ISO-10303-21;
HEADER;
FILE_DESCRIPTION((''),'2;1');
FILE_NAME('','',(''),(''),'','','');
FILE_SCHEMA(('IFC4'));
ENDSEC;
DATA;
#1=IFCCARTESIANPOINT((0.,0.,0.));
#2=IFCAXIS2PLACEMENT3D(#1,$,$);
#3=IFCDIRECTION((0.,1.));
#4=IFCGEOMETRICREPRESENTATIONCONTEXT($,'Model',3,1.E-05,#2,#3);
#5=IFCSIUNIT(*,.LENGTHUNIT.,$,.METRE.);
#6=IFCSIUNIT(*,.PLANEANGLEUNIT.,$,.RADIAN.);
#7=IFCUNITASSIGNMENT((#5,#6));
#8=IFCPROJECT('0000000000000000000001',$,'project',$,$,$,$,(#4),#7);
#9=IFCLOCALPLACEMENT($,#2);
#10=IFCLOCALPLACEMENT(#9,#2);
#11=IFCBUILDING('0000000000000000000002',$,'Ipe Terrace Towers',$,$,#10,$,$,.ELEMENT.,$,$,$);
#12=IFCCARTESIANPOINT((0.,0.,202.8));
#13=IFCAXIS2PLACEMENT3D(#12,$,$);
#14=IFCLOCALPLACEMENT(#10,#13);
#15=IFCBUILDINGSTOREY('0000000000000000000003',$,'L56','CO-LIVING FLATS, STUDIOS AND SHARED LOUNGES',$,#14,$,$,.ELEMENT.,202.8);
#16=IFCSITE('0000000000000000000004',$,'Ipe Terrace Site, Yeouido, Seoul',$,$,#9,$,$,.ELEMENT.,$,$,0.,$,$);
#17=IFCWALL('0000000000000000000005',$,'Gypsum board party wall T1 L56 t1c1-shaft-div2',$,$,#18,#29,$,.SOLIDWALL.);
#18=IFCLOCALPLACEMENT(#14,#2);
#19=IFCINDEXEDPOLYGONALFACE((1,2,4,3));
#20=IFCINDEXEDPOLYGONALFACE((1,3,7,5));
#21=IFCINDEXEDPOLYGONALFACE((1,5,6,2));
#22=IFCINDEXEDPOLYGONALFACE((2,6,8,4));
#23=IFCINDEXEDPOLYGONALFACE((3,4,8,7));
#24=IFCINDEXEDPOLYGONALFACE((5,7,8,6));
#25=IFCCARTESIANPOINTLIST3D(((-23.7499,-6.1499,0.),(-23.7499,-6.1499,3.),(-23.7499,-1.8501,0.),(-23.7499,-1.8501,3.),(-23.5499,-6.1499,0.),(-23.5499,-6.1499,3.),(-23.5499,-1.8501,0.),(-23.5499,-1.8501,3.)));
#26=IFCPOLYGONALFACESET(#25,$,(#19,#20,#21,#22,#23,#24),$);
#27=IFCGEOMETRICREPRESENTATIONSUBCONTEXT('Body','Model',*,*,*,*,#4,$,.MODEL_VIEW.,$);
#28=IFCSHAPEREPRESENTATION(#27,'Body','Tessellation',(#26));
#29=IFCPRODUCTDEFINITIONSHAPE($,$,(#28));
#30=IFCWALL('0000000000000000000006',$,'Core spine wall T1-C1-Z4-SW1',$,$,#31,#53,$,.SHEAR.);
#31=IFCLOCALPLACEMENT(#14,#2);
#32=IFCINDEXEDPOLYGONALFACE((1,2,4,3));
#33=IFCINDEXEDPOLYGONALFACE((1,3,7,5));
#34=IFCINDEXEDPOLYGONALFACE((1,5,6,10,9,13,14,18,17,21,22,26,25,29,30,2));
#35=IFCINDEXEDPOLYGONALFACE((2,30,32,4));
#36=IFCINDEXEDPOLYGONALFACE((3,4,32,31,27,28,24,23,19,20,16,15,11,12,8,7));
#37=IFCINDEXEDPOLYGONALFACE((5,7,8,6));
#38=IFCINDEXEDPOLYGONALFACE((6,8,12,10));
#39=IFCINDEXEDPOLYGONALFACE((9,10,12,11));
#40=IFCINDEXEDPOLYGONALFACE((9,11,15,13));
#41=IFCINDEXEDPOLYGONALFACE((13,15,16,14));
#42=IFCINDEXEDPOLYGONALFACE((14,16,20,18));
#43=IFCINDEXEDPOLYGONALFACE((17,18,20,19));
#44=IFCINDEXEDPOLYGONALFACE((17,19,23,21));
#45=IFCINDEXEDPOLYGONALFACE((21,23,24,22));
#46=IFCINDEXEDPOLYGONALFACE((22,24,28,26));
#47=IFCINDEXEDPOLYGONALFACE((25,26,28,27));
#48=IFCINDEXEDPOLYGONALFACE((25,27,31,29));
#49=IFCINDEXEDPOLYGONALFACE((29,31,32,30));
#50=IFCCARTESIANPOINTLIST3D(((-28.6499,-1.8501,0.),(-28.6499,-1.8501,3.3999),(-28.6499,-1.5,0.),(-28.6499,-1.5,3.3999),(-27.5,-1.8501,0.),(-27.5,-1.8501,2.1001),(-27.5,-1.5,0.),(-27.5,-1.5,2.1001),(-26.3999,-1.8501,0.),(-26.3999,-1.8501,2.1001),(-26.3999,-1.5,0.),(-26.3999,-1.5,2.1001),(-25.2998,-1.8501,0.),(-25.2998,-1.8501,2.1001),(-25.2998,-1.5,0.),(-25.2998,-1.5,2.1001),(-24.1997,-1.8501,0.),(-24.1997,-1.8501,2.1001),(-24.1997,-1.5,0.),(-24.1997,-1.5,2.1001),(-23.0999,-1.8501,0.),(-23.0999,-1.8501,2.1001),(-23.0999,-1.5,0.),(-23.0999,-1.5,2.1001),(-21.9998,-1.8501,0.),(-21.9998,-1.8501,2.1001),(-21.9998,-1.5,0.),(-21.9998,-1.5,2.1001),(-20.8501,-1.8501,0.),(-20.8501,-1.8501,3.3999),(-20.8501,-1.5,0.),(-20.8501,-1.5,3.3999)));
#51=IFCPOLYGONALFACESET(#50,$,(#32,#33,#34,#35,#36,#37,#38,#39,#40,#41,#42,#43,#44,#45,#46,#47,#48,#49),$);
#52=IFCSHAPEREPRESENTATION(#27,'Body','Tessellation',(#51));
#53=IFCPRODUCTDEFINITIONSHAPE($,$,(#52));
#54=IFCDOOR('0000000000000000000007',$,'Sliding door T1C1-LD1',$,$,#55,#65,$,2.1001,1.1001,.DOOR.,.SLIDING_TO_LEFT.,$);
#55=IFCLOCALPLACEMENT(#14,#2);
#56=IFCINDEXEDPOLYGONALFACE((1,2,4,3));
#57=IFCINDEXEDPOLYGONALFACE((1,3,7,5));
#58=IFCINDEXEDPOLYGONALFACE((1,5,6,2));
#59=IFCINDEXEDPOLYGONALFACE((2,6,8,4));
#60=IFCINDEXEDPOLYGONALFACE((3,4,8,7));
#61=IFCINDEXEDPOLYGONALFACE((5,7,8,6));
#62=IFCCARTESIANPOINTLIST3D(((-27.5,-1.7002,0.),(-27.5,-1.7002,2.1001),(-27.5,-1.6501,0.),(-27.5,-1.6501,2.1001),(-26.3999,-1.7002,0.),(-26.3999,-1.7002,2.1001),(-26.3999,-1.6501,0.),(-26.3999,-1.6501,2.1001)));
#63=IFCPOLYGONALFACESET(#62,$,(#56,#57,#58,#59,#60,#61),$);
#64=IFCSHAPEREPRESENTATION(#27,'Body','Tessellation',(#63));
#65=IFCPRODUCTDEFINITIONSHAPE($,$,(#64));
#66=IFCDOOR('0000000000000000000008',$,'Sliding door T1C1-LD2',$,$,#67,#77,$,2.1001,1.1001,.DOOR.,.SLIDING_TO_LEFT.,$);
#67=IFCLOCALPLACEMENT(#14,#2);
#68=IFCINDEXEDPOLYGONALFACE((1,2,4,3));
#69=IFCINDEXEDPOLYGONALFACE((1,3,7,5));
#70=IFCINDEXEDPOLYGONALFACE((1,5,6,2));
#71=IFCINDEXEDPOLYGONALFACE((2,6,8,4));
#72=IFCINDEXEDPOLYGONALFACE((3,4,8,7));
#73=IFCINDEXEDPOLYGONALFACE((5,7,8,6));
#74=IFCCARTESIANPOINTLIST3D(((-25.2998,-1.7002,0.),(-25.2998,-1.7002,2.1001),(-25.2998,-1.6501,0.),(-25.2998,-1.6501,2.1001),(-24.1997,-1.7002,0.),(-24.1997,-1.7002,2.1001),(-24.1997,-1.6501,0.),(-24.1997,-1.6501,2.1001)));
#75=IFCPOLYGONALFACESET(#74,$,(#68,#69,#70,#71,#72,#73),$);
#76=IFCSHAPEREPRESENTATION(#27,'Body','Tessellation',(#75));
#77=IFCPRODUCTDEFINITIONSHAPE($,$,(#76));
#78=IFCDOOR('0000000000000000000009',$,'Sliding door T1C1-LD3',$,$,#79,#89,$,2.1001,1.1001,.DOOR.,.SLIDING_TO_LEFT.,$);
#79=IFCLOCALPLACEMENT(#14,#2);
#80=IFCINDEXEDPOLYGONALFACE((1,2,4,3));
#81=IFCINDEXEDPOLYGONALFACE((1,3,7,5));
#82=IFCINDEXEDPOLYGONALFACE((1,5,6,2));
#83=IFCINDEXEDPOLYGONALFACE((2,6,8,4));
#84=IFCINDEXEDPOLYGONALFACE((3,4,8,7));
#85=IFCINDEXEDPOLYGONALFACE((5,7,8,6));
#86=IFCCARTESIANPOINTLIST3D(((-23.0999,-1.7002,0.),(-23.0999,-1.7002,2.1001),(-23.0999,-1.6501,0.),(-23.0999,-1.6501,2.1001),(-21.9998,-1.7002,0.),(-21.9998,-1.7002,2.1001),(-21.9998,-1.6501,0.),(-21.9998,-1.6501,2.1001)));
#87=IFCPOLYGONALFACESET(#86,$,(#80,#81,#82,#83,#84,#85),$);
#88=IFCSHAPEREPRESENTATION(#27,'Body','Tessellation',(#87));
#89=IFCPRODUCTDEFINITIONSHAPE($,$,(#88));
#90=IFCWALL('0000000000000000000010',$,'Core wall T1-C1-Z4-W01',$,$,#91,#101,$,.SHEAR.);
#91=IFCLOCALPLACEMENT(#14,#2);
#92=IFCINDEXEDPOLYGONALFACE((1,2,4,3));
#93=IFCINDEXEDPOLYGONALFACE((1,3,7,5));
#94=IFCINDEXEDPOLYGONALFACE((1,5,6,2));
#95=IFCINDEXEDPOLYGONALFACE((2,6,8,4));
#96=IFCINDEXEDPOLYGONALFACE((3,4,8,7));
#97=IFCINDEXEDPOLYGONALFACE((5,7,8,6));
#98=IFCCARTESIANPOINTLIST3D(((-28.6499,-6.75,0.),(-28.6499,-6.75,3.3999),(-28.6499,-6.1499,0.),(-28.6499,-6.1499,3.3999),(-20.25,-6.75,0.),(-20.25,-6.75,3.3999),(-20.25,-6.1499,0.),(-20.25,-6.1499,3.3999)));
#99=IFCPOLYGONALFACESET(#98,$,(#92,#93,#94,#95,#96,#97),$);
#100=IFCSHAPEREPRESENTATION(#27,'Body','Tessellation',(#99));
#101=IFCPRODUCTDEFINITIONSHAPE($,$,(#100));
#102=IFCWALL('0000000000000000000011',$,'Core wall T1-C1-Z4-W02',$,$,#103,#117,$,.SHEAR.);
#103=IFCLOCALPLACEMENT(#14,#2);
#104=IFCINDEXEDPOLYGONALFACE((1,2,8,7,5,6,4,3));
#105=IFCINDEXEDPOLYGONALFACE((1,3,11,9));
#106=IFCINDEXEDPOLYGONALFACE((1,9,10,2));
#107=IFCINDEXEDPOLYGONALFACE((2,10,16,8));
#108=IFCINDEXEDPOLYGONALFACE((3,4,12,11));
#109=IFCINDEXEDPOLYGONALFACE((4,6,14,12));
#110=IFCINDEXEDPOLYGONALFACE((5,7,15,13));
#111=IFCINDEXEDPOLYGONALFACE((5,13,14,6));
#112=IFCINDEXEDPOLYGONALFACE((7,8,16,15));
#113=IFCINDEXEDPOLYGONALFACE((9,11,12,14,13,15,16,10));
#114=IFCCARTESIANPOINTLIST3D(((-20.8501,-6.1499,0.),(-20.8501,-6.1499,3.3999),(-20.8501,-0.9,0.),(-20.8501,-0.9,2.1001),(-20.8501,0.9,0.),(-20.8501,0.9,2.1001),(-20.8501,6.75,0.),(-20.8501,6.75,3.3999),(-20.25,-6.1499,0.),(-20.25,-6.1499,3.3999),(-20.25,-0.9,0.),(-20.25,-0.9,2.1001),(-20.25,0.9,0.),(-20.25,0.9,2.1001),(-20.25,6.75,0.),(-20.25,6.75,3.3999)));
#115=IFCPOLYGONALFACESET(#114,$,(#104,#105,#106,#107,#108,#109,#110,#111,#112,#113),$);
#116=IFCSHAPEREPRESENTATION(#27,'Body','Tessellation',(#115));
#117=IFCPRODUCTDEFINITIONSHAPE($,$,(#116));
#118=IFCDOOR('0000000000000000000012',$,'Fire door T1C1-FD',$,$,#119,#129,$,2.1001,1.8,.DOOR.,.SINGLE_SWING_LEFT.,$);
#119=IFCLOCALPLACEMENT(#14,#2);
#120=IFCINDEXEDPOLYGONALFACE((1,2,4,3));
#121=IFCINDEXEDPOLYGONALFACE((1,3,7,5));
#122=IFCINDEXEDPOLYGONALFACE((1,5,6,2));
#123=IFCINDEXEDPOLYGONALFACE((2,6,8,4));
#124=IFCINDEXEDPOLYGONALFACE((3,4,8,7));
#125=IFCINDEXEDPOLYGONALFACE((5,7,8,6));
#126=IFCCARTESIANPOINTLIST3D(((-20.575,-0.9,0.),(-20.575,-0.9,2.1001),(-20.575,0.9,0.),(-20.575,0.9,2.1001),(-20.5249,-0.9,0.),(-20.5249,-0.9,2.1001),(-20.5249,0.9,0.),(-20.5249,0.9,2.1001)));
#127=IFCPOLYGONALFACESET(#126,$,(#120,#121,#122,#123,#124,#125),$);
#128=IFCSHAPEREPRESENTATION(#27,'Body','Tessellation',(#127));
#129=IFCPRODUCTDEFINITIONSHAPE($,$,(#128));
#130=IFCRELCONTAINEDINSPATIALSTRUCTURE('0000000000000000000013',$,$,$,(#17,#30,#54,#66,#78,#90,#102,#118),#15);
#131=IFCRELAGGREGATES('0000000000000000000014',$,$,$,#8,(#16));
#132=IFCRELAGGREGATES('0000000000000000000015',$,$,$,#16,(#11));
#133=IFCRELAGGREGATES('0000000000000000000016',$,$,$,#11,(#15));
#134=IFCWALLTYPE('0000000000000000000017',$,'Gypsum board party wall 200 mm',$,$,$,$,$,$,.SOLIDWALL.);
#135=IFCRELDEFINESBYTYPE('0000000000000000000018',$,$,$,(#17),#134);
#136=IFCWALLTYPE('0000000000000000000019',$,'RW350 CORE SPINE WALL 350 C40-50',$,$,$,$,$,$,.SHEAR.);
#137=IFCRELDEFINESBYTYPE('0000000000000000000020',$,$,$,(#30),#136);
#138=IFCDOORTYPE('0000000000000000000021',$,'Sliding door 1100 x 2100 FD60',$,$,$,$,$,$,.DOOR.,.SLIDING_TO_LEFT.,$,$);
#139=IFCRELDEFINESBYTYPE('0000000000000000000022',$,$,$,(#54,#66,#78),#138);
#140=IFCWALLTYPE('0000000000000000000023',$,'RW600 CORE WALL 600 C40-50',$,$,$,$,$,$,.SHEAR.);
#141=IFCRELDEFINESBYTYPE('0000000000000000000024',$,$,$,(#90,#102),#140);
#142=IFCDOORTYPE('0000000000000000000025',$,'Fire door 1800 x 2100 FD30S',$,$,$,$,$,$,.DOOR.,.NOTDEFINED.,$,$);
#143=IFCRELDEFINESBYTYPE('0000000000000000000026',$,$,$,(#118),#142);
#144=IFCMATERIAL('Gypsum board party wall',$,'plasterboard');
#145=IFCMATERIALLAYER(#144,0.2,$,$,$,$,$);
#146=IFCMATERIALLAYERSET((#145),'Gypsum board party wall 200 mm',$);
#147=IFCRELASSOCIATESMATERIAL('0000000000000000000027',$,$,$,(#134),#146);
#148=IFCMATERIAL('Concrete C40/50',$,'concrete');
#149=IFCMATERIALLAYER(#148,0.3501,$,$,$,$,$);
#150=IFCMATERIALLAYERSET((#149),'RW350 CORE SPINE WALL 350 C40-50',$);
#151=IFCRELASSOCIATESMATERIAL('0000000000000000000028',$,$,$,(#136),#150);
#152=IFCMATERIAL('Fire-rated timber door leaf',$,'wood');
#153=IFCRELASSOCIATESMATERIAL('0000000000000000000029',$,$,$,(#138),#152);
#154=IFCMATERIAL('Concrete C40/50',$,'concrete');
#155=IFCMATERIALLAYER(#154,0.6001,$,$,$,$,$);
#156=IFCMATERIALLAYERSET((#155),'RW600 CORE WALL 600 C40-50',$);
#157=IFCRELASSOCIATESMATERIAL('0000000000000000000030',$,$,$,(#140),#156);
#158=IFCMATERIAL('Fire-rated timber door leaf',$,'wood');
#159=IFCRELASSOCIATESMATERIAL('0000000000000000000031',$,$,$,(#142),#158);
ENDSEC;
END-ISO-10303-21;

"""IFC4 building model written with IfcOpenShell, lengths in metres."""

from ifc_helpers import new_model, si_unit, direction, frame, frame_2d, origin, place, context, subcontext, project, spatial, rectangle, extrude, material, layer, layer_set, type_object, element, fill, save


model = new_model("IFC4")

# Units and contexts
model_context = context("Model", 3, precision=1e-05, world=origin(), true_north=direction((0.0, 1.0)))
body_context = subcontext(model_context, "Body", "Model", "MODEL_VIEW")
ifc_project = project(units=[si_unit("LENGTHUNIT", "METRE"), si_unit("PLANEANGLEUNIT", "RADIAN")], contexts=[model_context])

# Site, building, storey
site_placement = place(None, origin())
site = spatial("IfcSite", under=ifc_project, at=site_placement, Name="Ipe Terrace Site, Yeouido, Seoul", CompositionType="ELEMENT", RefElevation=0.0)
building_placement = place(site_placement, origin())
building = spatial("IfcBuilding", under=site, at=building_placement, Name="Ipe Terrace Towers", CompositionType="ELEMENT")
storey_placement = place(building_placement, frame((0.0, 0.0, 202.8)))
storey = spatial("IfcBuildingStorey", under=building, at=storey_placement, Name="L56", Description="CO-LIVING FLATS, STUDIOS AND SHARED LOUNGES", CompositionType="ELEMENT", Elevation=202.8)

# Wall
ifc_material_1 = material(Name="Gypsum board party wall", Category="plasterboard")
ifc_layer_1 = layer(ifc_material_1, 0.2)
ifc_layer_set_1 = layer_set([ifc_layer_1], Name="Gypsum board party wall 200 mm")
wall_type_1 = type_object("IfcWallType", Name="Gypsum board party wall 200 mm", PredefinedType="SOLIDWALL", material=ifc_layer_set_1)
for number, where, z_axis, x_axis, name in (
    (1, (-23.6499, -6.1499, 0.0), (0.0, 0.0, 1.0), (0.0, 1.0, 0.0), "Gypsum board party wall T1 L56 t1c1-shaft-div2"),
):
    element("IfcWall", number, at=place(storey_placement, frame(where, z_axis=z_axis, x_axis=x_axis)), inside=storey, type_object=wall_type_1, Name=name, PredefinedType="SOLIDWALL", context=body_context, shape_type="SweptSolid", body=[
        extrude(rectangle(XDim=4.2998, YDim=0.2, at=frame_2d((2.1499, 0.0))), origin(), (0.0, 0.0, 1.0), 3.0),
    ])

# Wall, openings, doors
ifc_material_2 = material(Name="Concrete C40/50", Category="concrete")
ifc_layer_2 = layer(ifc_material_2, 0.3501)
ifc_layer_set_2 = layer_set([ifc_layer_2], Name="RW350 CORE SPINE WALL 350 C40-50")
wall_type_2 = type_object("IfcWallType", Name="RW350 CORE SPINE WALL 350 C40-50", PredefinedType="SHEAR", material=ifc_layer_set_2)
wall_1_placement = place(storey_placement, frame((-28.6499, -1.675, 0.0), z_axis=(0.0, 0.0, 1.0), x_axis=(1.0, 0.0, 0.0)))
wall_1 = element("IfcWall", 2, at=wall_1_placement, inside=storey, type_object=wall_type_2, Name="Core spine wall T1-C1-Z4-SW1", PredefinedType="SHEAR", context=body_context, shape_type="SweptSolid", body=[
    extrude(rectangle(XDim=7.7998, YDim=0.3501, at=frame_2d((3.8999, 0.0))), origin(), (0.0, 0.0, 1.0), 3.3999),
])
opening_1_placement = place(wall_1_placement, frame((1.1499, 0.0, 0.0)))
opening_1 = element("IfcOpeningElement", 3, at=opening_1_placement, cuts=wall_1, PredefinedType="OPENING", context=body_context, shape_type="SweptSolid", body=[
    extrude(rectangle(XDim=1.1001, YDim=2.1001, at=frame_2d((0.55, 1.05))), frame((0.0, 0.1851, 0.0), z_axis=(0.0, -1.0, 0.0), x_axis=(1.0, 0.0, 0.0)), (0.0, 0.0, 1.0), 0.3701),
])
opening_2_placement = place(wall_1_placement, frame((3.3501, 0.0, 0.0)))
opening_2 = element("IfcOpeningElement", 4, at=opening_2_placement, cuts=wall_1, PredefinedType="OPENING", context=body_context, shape_type="SweptSolid", body=[
    extrude(rectangle(XDim=1.1001, YDim=2.1001, at=frame_2d((0.55, 1.05))), frame((0.0, 0.1851, 0.0), z_axis=(0.0, -1.0, 0.0), x_axis=(1.0, 0.0, 0.0)), (0.0, 0.0, 1.0), 0.3701),
])
opening_3_placement = place(wall_1_placement, frame((5.55, 0.0, 0.0)))
opening_3 = element("IfcOpeningElement", 5, at=opening_3_placement, cuts=wall_1, PredefinedType="OPENING", context=body_context, shape_type="SweptSolid", body=[
    extrude(rectangle(XDim=1.1001, YDim=2.1001, at=frame_2d((0.55, 1.05))), frame((0.0, 0.1851, 0.0), z_axis=(0.0, -1.0, 0.0), x_axis=(1.0, 0.0, 0.0)), (0.0, 0.0, 1.0), 0.3701),
])
ifc_material_3 = material(Name="Fire-rated timber door leaf", Category="wood")
door_type_1 = type_object("IfcDoorType", Name="Sliding door 1100 x 2100 FD60", OperationType="SLIDING_TO_LEFT", PredefinedType="DOOR", material=ifc_material_3)
door_1_placement = place(opening_1_placement, origin())
door_1 = element("IfcDoor", 6, at=door_1_placement, inside=storey, type_object=door_type_1, Name="Sliding door T1C1-LD1", OperationType="SLIDING_TO_LEFT", OverallHeight=2.1001, OverallWidth=1.1001, PredefinedType="DOOR", context=body_context, shape_type="SweptSolid", body=[
    extrude(rectangle(XDim=1.1001, YDim=2.1001, at=frame_2d((0.55, 1.05))), frame((0.0, 0.0249, 0.0), z_axis=(0.0, -1.0, 0.0), x_axis=(1.0, 0.0, 0.0)), (0.0, 0.0, 1.0), 0.05),
])
fill(opening_1, door_1)
door_2_placement = place(opening_2_placement, origin())
door_2 = element("IfcDoor", 7, at=door_2_placement, inside=storey, type_object=door_type_1, Name="Sliding door T1C1-LD2", OperationType="SLIDING_TO_LEFT", OverallHeight=2.1001, OverallWidth=1.1001, PredefinedType="DOOR", context=body_context, shape_type="SweptSolid", body=[
    extrude(rectangle(XDim=1.1001, YDim=2.1001, at=frame_2d((0.55, 1.05))), frame((0.0, 0.0249, 0.0), z_axis=(0.0, -1.0, 0.0), x_axis=(1.0, 0.0, 0.0)), (0.0, 0.0, 1.0), 0.05),
])
fill(opening_2, door_2)
door_3_placement = place(opening_3_placement, origin())
door_3 = element("IfcDoor", 8, at=door_3_placement, inside=storey, type_object=door_type_1, Name="Sliding door T1C1-LD3", OperationType="SLIDING_TO_LEFT", OverallHeight=2.1001, OverallWidth=1.1001, PredefinedType="DOOR", context=body_context, shape_type="SweptSolid", body=[
    extrude(rectangle(XDim=1.1001, YDim=2.1001, at=frame_2d((0.55, 1.05))), frame((0.0, 0.0249, 0.0), z_axis=(0.0, -1.0, 0.0), x_axis=(1.0, 0.0, 0.0)), (0.0, 0.0, 1.0), 0.05),
])
fill(opening_3, door_3)

# Wall
ifc_material_4 = material(Name="Concrete C40/50", Category="concrete")
ifc_layer_3 = layer(ifc_material_4, 0.6001)
ifc_layer_set_3 = layer_set([ifc_layer_3], Name="RW600 CORE WALL 600 C40-50")
wall_type_3 = type_object("IfcWallType", Name="RW600 CORE WALL 600 C40-50", PredefinedType="SHEAR", material=ifc_layer_set_3)
wall_2_placement = place(storey_placement, frame((-28.6499, -6.45, 0.0), z_axis=(0.0, 0.0, 1.0), x_axis=(1.0, 0.0, 0.0)))
element("IfcWall", 9, at=wall_2_placement, inside=storey, type_object=wall_type_3, Name="Core wall T1-C1-Z4-W01", PredefinedType="SHEAR", context=body_context, shape_type="SweptSolid", body=[
    extrude(rectangle(XDim=8.3999, YDim=0.6001, at=frame_2d((4.2, 0.0))), origin(), (0.0, 0.0, 1.0), 3.3999),
])

# Wall, opening, door
wall_3_placement = place(storey_placement, frame((-20.55, -6.1499, 0.0), z_axis=(0.0, 0.0, 1.0), x_axis=(0.0, 1.0, 0.0)))
wall_3 = element("IfcWall", 10, at=wall_3_placement, inside=storey, type_object=wall_type_3, Name="Core wall T1-C1-Z4-W02", PredefinedType="SHEAR", context=body_context, shape_type="SweptSolid", body=[
    extrude(rectangle(XDim=12.8999, YDim=0.6001, at=frame_2d((6.45, 0.0))), origin(), (0.0, 0.0, 1.0), 3.3999),
])
opening_4_placement = place(wall_3_placement, frame((5.25, 0.0, 0.0)))
opening_4 = element("IfcOpeningElement", 11, at=opening_4_placement, cuts=wall_3, PredefinedType="OPENING", context=body_context, shape_type="SweptSolid", body=[
    extrude(rectangle(XDim=1.8, YDim=2.1001, at=frame_2d((0.8999, 1.05))), frame((0.0, 0.3101, 0.0), z_axis=(0.0, -1.0, 0.0), x_axis=(1.0, 0.0, 0.0)), (0.0, 0.0, 1.0), 0.6201),
])
ifc_material_5 = material(Name="Fire-rated timber door leaf", Category="wood")
door_type_2 = type_object("IfcDoorType", Name="Fire door 1800 x 2100 FD30S", OperationType="NOTDEFINED", PredefinedType="DOOR", material=ifc_material_5)
door_4_placement = place(opening_4_placement, origin())
door_4 = element("IfcDoor", 12, at=door_4_placement, inside=storey, type_object=door_type_2, Name="Fire door T1C1-FD", OperationType="SINGLE_SWING_LEFT", OverallHeight=2.1001, OverallWidth=1.8, PredefinedType="DOOR", context=body_context, shape_type="SweptSolid", body=[
    extrude(rectangle(XDim=1.8, YDim=2.1001, at=frame_2d((0.8999, 1.05))), frame((0.0, 0.0249, 0.0), z_axis=(0.0, -1.0, 0.0), x_axis=(1.0, 0.0, 0.0)), (0.0, 0.0, 1.0), 0.05),
])
fill(opening_4, door_4)

save(model, "model.ifc")
